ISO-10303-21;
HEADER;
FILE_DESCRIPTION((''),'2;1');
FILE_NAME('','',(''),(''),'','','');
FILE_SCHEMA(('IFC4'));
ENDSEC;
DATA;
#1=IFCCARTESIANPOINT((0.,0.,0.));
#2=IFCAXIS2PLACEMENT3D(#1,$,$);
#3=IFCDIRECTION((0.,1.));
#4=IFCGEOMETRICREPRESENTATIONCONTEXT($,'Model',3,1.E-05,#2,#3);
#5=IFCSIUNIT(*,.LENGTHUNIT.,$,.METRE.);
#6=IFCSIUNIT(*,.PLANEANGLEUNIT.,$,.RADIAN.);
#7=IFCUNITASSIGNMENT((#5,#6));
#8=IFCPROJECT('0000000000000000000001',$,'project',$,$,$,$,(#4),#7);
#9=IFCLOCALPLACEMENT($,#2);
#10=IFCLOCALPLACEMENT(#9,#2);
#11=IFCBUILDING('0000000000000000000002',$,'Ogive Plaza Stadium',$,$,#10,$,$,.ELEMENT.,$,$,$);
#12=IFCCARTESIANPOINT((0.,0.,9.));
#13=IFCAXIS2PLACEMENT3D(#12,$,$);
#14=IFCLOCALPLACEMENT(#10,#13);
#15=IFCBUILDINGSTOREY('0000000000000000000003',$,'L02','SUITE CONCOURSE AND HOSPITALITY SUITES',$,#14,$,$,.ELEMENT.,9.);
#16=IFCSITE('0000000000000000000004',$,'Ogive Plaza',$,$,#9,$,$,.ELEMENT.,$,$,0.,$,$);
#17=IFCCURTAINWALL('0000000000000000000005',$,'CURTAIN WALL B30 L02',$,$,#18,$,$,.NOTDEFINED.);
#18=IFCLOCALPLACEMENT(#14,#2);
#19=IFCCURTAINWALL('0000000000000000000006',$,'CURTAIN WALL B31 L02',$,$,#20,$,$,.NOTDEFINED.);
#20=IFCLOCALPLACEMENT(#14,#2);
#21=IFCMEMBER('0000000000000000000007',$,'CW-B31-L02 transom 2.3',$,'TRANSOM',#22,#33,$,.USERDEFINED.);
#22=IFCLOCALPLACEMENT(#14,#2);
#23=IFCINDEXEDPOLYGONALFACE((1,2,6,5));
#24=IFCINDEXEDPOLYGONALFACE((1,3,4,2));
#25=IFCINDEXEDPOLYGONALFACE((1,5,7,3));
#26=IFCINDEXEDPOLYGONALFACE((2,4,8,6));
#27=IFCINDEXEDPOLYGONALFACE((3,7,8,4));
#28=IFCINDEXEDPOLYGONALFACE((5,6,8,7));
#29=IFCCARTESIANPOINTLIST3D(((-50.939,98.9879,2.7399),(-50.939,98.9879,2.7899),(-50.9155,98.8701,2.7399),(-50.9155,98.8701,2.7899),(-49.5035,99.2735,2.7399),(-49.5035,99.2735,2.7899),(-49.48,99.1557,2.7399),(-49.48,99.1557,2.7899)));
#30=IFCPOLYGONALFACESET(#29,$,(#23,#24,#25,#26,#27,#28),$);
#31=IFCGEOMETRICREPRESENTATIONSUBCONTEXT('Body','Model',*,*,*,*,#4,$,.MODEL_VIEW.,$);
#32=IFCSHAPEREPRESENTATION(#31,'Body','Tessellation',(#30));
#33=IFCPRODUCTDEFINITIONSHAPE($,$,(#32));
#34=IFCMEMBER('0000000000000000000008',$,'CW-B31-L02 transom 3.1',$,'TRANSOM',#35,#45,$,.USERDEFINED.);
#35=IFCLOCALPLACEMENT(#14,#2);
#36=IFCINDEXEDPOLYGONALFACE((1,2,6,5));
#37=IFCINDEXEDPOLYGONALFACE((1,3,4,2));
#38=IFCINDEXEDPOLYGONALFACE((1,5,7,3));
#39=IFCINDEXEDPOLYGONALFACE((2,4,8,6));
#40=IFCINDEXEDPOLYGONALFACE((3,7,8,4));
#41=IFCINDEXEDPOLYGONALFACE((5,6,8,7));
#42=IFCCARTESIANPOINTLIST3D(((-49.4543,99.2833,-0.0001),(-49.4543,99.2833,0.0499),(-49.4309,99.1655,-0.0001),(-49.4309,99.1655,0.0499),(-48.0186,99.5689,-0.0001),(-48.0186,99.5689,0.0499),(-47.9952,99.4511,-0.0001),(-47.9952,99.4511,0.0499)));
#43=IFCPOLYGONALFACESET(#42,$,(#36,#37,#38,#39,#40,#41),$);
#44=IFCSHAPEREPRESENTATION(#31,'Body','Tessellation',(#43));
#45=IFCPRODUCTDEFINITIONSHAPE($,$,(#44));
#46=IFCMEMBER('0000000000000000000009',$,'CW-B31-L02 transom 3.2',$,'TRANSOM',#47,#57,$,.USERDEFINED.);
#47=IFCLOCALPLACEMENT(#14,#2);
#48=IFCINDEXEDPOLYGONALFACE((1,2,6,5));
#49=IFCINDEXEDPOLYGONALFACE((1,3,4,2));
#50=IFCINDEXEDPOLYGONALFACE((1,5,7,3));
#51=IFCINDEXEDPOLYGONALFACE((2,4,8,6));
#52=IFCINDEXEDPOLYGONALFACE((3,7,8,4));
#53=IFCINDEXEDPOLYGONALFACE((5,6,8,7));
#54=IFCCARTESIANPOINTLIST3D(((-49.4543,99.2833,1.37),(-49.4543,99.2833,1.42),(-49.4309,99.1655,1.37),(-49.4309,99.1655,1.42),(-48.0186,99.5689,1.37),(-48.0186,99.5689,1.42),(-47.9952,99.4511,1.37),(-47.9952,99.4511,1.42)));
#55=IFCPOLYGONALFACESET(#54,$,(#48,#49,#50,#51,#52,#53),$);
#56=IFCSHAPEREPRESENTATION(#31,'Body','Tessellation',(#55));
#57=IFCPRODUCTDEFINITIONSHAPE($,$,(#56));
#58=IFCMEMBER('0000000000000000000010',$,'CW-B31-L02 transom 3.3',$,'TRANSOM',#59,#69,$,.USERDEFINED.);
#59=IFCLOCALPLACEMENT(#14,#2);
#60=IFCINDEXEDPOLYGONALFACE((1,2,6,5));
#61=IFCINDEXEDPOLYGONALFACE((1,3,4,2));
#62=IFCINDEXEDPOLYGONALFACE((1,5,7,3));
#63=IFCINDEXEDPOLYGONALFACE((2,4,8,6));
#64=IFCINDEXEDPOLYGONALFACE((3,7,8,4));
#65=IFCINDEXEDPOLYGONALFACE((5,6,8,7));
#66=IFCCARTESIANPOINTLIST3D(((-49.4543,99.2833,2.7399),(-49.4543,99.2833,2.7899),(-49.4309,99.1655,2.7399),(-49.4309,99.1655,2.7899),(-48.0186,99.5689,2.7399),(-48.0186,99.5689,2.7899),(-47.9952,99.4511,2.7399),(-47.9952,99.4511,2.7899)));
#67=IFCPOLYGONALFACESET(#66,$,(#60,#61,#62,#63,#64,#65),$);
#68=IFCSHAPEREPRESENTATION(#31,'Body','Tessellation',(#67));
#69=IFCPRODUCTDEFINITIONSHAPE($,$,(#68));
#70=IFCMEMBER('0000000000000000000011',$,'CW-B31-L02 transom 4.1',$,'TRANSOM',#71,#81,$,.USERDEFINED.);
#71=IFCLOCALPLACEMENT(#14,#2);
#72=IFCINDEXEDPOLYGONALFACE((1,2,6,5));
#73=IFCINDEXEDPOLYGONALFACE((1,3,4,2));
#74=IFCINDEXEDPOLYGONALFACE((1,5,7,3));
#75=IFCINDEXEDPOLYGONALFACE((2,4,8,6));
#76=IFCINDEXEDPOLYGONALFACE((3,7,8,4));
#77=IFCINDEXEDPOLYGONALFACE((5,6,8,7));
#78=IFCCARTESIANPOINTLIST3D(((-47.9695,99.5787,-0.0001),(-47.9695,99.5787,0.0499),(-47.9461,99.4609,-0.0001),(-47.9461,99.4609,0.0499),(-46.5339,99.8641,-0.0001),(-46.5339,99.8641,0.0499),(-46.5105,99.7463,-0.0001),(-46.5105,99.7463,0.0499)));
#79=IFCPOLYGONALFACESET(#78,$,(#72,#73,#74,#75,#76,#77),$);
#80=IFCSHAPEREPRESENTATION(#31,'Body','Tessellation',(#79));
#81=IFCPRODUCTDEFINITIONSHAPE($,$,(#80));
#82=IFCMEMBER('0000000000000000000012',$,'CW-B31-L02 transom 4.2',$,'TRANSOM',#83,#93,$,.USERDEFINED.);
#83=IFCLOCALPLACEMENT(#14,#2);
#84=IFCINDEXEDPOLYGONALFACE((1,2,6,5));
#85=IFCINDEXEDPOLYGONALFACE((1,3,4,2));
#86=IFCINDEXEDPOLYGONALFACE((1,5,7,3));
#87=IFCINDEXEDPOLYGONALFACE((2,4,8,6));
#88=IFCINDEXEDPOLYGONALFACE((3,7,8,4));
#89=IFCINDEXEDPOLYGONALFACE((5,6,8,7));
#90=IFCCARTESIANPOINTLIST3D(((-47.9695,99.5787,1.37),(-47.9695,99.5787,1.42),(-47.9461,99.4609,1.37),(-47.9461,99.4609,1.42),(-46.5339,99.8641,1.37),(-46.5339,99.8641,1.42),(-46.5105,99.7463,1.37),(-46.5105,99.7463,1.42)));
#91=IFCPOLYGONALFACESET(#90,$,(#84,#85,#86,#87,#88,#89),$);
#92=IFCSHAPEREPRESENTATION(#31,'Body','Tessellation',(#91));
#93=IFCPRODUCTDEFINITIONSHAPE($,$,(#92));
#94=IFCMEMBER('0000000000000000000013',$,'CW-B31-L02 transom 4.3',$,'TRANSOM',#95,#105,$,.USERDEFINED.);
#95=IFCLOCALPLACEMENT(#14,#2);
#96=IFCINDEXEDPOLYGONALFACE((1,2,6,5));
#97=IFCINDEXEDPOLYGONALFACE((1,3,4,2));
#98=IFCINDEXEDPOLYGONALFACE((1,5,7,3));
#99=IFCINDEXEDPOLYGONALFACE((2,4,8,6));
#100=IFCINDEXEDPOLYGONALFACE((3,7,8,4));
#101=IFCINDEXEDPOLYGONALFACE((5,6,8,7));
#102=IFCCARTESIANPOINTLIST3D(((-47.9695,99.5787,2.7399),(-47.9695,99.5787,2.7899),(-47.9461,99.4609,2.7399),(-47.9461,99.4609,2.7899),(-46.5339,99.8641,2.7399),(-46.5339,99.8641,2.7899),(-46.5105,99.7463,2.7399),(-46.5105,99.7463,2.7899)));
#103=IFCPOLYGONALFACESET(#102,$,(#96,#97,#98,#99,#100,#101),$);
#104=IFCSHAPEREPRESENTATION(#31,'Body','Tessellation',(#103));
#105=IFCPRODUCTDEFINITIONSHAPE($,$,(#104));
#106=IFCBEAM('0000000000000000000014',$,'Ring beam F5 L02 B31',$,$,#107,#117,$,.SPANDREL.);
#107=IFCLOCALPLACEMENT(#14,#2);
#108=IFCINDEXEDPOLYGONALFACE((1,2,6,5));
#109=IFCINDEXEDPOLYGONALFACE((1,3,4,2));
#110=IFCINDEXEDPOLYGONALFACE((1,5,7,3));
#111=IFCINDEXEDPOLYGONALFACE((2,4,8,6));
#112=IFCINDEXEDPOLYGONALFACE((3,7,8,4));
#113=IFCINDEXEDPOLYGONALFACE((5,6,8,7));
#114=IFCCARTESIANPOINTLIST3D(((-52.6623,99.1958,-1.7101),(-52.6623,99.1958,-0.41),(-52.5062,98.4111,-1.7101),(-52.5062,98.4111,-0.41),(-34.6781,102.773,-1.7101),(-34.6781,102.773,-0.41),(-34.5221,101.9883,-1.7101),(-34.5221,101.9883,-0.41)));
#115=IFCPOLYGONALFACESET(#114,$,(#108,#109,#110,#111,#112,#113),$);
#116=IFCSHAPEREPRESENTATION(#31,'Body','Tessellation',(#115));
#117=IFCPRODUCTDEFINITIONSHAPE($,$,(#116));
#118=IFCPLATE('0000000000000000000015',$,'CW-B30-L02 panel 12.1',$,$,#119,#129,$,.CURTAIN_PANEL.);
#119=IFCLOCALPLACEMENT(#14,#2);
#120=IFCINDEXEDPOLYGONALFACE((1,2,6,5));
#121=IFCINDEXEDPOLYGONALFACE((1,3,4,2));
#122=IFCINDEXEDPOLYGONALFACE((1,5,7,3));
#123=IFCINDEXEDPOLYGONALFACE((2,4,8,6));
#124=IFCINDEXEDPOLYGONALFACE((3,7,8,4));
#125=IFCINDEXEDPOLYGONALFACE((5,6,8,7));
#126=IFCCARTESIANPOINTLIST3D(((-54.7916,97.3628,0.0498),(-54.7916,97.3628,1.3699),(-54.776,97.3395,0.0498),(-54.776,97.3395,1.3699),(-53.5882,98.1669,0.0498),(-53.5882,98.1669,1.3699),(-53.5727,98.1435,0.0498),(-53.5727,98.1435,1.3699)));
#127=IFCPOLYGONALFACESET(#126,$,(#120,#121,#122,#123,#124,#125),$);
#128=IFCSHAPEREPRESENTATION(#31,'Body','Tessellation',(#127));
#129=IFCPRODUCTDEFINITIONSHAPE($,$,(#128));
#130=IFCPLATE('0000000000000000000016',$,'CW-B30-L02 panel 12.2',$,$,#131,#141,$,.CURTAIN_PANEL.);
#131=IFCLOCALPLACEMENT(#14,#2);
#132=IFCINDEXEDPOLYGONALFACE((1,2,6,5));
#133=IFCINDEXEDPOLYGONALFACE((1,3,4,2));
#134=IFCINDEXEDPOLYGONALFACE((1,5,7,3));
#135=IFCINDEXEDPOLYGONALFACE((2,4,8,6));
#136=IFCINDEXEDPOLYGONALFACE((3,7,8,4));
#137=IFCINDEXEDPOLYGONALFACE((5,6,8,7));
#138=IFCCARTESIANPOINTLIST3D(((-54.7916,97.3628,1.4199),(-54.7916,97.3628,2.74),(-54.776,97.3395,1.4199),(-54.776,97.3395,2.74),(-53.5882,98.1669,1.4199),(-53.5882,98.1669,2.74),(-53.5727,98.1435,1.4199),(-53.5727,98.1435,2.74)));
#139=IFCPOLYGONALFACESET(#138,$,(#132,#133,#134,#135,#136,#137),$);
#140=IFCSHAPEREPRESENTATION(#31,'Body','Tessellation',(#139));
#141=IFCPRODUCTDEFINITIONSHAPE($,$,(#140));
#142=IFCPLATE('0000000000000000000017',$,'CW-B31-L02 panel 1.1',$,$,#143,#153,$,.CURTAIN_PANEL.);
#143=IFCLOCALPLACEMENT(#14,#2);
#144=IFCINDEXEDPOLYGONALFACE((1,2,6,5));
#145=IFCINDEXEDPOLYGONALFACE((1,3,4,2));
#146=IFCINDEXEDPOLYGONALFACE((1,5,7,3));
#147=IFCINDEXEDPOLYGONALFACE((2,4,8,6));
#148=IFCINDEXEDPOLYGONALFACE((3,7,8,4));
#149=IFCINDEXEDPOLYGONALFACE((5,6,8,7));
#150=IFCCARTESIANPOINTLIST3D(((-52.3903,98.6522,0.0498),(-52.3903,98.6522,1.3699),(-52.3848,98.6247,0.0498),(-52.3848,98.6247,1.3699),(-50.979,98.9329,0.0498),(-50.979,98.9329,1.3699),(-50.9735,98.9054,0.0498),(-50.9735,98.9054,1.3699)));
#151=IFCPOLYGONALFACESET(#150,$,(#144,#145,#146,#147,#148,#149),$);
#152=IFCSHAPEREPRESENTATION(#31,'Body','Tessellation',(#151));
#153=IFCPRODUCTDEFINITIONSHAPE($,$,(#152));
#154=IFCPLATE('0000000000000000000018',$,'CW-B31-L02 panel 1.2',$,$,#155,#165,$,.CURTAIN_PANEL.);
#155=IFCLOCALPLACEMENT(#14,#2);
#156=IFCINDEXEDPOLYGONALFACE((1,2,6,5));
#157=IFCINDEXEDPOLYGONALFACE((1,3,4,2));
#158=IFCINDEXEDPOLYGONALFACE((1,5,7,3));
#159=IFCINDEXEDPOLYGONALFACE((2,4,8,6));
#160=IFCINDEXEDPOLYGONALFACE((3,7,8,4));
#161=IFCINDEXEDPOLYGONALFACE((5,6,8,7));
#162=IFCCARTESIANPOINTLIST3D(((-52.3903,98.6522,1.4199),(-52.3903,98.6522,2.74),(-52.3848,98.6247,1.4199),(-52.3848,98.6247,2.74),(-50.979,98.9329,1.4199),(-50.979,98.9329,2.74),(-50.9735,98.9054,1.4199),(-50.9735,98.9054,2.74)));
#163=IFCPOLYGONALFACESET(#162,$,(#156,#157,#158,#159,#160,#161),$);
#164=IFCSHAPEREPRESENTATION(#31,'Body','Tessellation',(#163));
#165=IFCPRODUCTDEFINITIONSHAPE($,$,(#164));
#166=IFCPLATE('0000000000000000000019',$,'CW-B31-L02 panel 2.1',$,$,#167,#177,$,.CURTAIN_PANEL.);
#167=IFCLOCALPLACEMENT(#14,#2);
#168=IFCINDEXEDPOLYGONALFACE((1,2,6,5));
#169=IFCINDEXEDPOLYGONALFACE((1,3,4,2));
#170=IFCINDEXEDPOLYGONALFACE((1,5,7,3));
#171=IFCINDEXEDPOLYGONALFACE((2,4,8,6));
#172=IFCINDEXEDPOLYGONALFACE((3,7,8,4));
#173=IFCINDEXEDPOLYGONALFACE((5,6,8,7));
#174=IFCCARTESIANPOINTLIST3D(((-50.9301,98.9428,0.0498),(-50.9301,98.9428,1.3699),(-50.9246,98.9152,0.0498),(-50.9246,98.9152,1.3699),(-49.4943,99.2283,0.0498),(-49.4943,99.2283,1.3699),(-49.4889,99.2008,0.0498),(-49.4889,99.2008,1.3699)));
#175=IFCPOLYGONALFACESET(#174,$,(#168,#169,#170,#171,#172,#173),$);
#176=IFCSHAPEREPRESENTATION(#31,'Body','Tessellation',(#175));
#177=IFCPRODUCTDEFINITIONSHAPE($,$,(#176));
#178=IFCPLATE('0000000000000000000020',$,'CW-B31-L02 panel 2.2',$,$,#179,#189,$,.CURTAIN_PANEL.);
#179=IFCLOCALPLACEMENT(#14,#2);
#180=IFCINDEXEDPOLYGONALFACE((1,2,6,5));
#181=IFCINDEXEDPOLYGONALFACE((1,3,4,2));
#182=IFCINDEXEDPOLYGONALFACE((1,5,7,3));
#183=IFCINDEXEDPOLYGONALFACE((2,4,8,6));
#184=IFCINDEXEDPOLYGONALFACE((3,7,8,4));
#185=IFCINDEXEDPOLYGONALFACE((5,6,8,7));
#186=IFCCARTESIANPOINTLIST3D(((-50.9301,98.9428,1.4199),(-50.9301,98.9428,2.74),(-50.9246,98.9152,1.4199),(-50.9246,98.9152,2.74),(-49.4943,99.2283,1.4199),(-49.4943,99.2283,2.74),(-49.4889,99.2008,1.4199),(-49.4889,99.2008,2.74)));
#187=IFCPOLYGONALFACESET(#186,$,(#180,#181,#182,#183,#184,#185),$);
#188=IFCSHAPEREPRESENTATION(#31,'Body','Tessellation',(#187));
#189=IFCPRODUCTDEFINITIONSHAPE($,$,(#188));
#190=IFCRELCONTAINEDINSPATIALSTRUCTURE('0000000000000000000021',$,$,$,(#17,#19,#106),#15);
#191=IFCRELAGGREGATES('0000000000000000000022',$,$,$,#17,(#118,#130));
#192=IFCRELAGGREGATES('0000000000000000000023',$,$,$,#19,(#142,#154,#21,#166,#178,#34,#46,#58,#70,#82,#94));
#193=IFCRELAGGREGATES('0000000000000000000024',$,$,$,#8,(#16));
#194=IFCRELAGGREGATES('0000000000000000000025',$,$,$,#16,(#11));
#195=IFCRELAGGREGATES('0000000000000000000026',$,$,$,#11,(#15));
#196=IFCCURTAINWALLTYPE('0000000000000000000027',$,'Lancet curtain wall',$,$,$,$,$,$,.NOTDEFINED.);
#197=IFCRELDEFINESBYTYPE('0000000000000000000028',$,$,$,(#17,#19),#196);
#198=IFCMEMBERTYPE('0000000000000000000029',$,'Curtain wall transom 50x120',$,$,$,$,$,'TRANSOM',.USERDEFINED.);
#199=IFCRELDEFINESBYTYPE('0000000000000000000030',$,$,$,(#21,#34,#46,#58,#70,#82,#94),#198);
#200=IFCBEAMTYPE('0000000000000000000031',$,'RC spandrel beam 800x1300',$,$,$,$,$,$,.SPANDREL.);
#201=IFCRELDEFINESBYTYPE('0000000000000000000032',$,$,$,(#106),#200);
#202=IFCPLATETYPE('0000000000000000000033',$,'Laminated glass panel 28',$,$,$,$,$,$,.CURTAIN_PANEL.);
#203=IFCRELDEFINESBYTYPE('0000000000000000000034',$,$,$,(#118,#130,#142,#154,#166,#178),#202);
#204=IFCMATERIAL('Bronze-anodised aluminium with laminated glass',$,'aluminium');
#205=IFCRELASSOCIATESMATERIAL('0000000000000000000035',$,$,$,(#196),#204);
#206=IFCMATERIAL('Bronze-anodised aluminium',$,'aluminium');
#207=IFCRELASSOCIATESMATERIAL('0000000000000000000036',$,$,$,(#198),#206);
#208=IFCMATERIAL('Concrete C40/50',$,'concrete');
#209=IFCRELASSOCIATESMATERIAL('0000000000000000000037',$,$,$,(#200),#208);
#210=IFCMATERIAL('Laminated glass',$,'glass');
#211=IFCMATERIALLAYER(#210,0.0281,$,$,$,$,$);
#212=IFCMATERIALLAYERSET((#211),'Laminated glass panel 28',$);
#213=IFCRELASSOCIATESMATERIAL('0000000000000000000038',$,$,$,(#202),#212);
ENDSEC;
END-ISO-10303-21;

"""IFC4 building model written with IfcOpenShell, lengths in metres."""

from ifc_helpers import new_model, si_unit, direction, frame, origin, origin_2d, place, context, subcontext, project, spatial, rectangle, extrude, material, layer, layer_set, material_profile, profile_set, type_object, element, aggregate, save


model = new_model("IFC4")

# Units and contexts
model_context = context("Model", 3, precision=1e-05, world=origin(), true_north=direction((0.0, 1.0)))
body_context = subcontext(model_context, "Body", "Model", "MODEL_VIEW")
ifc_project = project(units=[si_unit("LENGTHUNIT", "METRE"), si_unit("PLANEANGLEUNIT", "RADIAN")], contexts=[model_context])

# Site, building, storey
site_placement = place(None, origin())
site = spatial("IfcSite", under=ifc_project, at=site_placement, Name="Ogive Plaza", CompositionType="ELEMENT", RefElevation=0.0)
building_placement = place(site_placement, origin())
building = spatial("IfcBuilding", under=site, at=building_placement, Name="Ogive Plaza Stadium", CompositionType="ELEMENT")
storey_placement = place(building_placement, frame((0.0, 0.0, 9.0)))
storey = spatial("IfcBuildingStorey", under=building, at=storey_placement, Name="L02", Description="SUITE CONCOURSE AND HOSPITALITY SUITES", CompositionType="ELEMENT", Elevation=9.0)

# Curtain wall
ifc_material_1 = material(Name="Bronze-anodised aluminium with laminated glass", Category="aluminium")
curtain_wall_type = type_object("IfcCurtainWallType", Name="Lancet curtain wall", PredefinedType="NOTDEFINED", material=ifc_material_1)
curtain_wall_1_placement = place(storey_placement, origin())
curtain_wall_1 = element("IfcCurtainWall", 1, at=curtain_wall_1_placement, inside=storey, type_object=curtain_wall_type, Name="CURTAIN WALL B30 L02", PredefinedType="NOTDEFINED")

# Curtain wall
curtain_wall_2_placement = place(storey_placement, origin())
curtain_wall_2 = element("IfcCurtainWall", 2, at=curtain_wall_2_placement, inside=storey, type_object=curtain_wall_type, Name="CURTAIN WALL B31 L02", PredefinedType="NOTDEFINED")

# Members
ifc_material_2 = material(Name="Bronze-anodised aluminium", Category="aluminium")
ifc_material_profile_1 = material_profile(ifc_material_2, rectangle(XDim=0.1201, YDim=0.05, at=origin_2d()), Name="AL 120x50")
ifc_profile_set_1 = profile_set([ifc_material_profile_1], Name="Bronze-anodised aluminium")
member_type_1 = type_object("IfcMemberType", Name="Curtain wall transom 50x120", ElementType="TRANSOM", PredefinedType="USERDEFINED", material=ifc_profile_set_1)
member_1_placement = place(storey_placement, frame((-50.9272, 98.929, 2.7649), z_axis=(0.980773, 0.195154, 0.0), x_axis=(-0.195154, 0.980773, 0.0)))
member_1 = element("IfcMember", 3, at=member_1_placement, type_object=member_type_1, Name="CW-B31-L02 transom 2.3", ObjectType="TRANSOM", PredefinedType="USERDEFINED", context=body_context, shape_type="SweptSolid", body=[
    extrude(rectangle(XDim=0.1201, YDim=0.05, at=origin_2d()), origin(), (0.0, 0.0, 1.0), 1.4636),
])
member_2_placement = place(storey_placement, frame((-49.4426, 99.2244, 0.0249), z_axis=(0.980779, 0.195122, 0.0), x_axis=(-0.195122, 0.980779, 0.0)))
member_2 = element("IfcMember", 4, at=member_2_placement, type_object=member_type_1, Name="CW-B31-L02 transom 3.1", ObjectType="TRANSOM", PredefinedType="USERDEFINED", context=body_context, shape_type="SweptSolid", body=[
    extrude(rectangle(XDim=0.1201, YDim=0.05, at=origin_2d()), origin(), (0.0, 0.0, 1.0), 1.4639),
])
member_3_placement = place(storey_placement, frame((-49.4426, 99.2244, 1.395), z_axis=(0.980779, 0.195122, 0.0), x_axis=(-0.195122, 0.980779, 0.0)))
member_3 = element("IfcMember", 5, at=member_3_placement, type_object=member_type_1, Name="CW-B31-L02 transom 3.2", ObjectType="TRANSOM", PredefinedType="USERDEFINED", context=body_context, shape_type="SweptSolid", body=[
    extrude(rectangle(XDim=0.1201, YDim=0.05, at=origin_2d()), origin(), (0.0, 0.0, 1.0), 1.4639),
])
member_4_placement = place(storey_placement, frame((-49.4426, 99.2244, 2.7649), z_axis=(0.980779, 0.195122, 0.0), x_axis=(-0.195122, 0.980779, 0.0)))
member_4 = element("IfcMember", 6, at=member_4_placement, type_object=member_type_1, Name="CW-B31-L02 transom 3.3", ObjectType="TRANSOM", PredefinedType="USERDEFINED", context=body_context, shape_type="SweptSolid", body=[
    extrude(rectangle(XDim=0.1201, YDim=0.05, at=origin_2d()), origin(), (0.0, 0.0, 1.0), 1.4639),
])
member_5_placement = place(storey_placement, frame((-47.9578, 99.5198, 0.0249), z_axis=(0.980805, 0.194993, 0.0), x_axis=(-0.194993, 0.980805, 0.0)))
member_5 = element("IfcMember", 7, at=member_5_placement, type_object=member_type_1, Name="CW-B31-L02 transom 4.1", ObjectType="TRANSOM", PredefinedType="USERDEFINED", context=body_context, shape_type="SweptSolid", body=[
    extrude(rectangle(XDim=0.1201, YDim=0.05, at=origin_2d()), origin(), (0.0, 0.0, 1.0), 1.4636),
])
member_6_placement = place(storey_placement, frame((-47.9578, 99.5198, 1.395), z_axis=(0.980805, 0.194993, 0.0), x_axis=(-0.194993, 0.980805, 0.0)))
member_6 = element("IfcMember", 8, at=member_6_placement, type_object=member_type_1, Name="CW-B31-L02 transom 4.2", ObjectType="TRANSOM", PredefinedType="USERDEFINED", context=body_context, shape_type="SweptSolid", body=[
    extrude(rectangle(XDim=0.1201, YDim=0.05, at=origin_2d()), origin(), (0.0, 0.0, 1.0), 1.4636),
])
member_7_placement = place(storey_placement, frame((-47.9578, 99.5198, 2.7649), z_axis=(0.980805, 0.194993, 0.0), x_axis=(-0.194993, 0.980805, 0.0)))
member_7 = element("IfcMember", 9, at=member_7_placement, type_object=member_type_1, Name="CW-B31-L02 transom 4.3", ObjectType="TRANSOM", PredefinedType="USERDEFINED", context=body_context, shape_type="SweptSolid", body=[
    extrude(rectangle(XDim=0.1201, YDim=0.05, at=origin_2d()), origin(), (0.0, 0.0, 1.0), 1.4636),
])

# Beam
ifc_material_3 = material(Name="Concrete C40/50", Category="concrete")
ifc_material_profile_2 = material_profile(ifc_material_3, rectangle(XDim=0.8, YDim=1.3, at=origin_2d()), Name="RC 800x1300")
ifc_profile_set_2 = profile_set([ifc_material_profile_2], Name="Concrete C40/50")
beam_type = type_object("IfcBeamType", Name="RC spandrel beam 800x1300", PredefinedType="SPANDREL", material=ifc_profile_set_2)
beam_placement = place(storey_placement, frame((-52.5842, 98.8035, -1.0601), z_axis=(0.980787, 0.195084, 0.0), x_axis=(-0.195084, 0.980787, 0.0)))
element("IfcBeam", 10, at=beam_placement, inside=storey, type_object=beam_type, Name="Ring beam F5 L02 B31", PredefinedType="SPANDREL", context=body_context, shape_type="SweptSolid", body=[
    extrude(rectangle(XDim=0.8, YDim=1.3, at=origin_2d()), origin(), (0.0, 0.0, 1.0), 18.3364),
])

# Plates
ifc_material_4 = material(Name="Laminated glass", Category="glass")
ifc_layer = layer(ifc_material_4, 0.0281)
ifc_layer_set = layer_set([ifc_layer], Name="Laminated glass panel 28")
plate_type = type_object("IfcPlateType", Name="Laminated glass panel 28", PredefinedType="CURTAIN_PANEL", material=ifc_layer_set)
plate_1_placement = place(storey_placement, frame((-54.1821, 97.7532, 0.0498), z_axis=(0.0, 0.0, 1.0), x_axis=(0.83147, 0.55557, 0.0)))
plate_1 = element("IfcPlate", 11, at=plate_1_placement, type_object=plate_type, Name="CW-B30-L02 panel 12.1", PredefinedType="CURTAIN_PANEL", context=body_context, shape_type="SweptSolid", body=[
    extrude(rectangle(XDim=1.4473, YDim=0.0281, at=origin_2d()), origin(), (0.0, 0.0, 1.0), 1.3201),
])
plate_2_placement = place(storey_placement, frame((-54.1821, 97.7532, 1.4199), z_axis=(0.0, 0.0, 1.0), x_axis=(0.83147, 0.55557, 0.0)))
plate_2 = element("IfcPlate", 12, at=plate_2_placement, type_object=plate_type, Name="CW-B30-L02 panel 12.2", PredefinedType="CURTAIN_PANEL", context=body_context, shape_type="SweptSolid", body=[
    extrude(rectangle(XDim=1.4473, YDim=0.0281, at=origin_2d()), origin(), (0.0, 0.0, 1.0), 1.3201),
])
aggregate(curtain_wall_1, [plate_1, plate_2])
plate_3_placement = place(storey_placement, frame((-51.6819, 98.7788, 0.0498), z_axis=(0.0, 0.0, 1.0), x_axis=(0.980785, 0.19509, 0.0)))
plate_3 = element("IfcPlate", 13, at=plate_3_placement, type_object=plate_type, Name="CW-B31-L02 panel 1.1", PredefinedType="CURTAIN_PANEL", context=body_context, shape_type="SweptSolid", body=[
    extrude(rectangle(XDim=1.439, YDim=0.0281, at=origin_2d()), origin(), (0.0, 0.0, 1.0), 1.3201),
])
plate_4_placement = place(storey_placement, frame((-51.6819, 98.7788, 1.4199), z_axis=(0.0, 0.0, 1.0), x_axis=(0.980785, 0.19509, 0.0)))
plate_4 = element("IfcPlate", 14, at=plate_4_placement, type_object=plate_type, Name="CW-B31-L02 panel 1.2", PredefinedType="CURTAIN_PANEL", context=body_context, shape_type="SweptSolid", body=[
    extrude(rectangle(XDim=1.439, YDim=0.0281, at=origin_2d()), origin(), (0.0, 0.0, 1.0), 1.3201),
])
plate_5_placement = place(storey_placement, frame((-50.2095, 99.0718, 0.0498), z_axis=(0.0, 0.0, 1.0), x_axis=(0.980785, 0.19509, 0.0)))
plate_5 = element("IfcPlate", 15, at=plate_5_placement, type_object=plate_type, Name="CW-B31-L02 panel 2.1", PredefinedType="CURTAIN_PANEL", context=body_context, shape_type="SweptSolid", body=[
    extrude(rectangle(XDim=1.4639, YDim=0.0281, at=origin_2d()), origin(), (0.0, 0.0, 1.0), 1.3201),
])
plate_6_placement = place(storey_placement, frame((-50.2095, 99.0718, 1.4199), z_axis=(0.0, 0.0, 1.0), x_axis=(0.980785, 0.19509, 0.0)))
plate_6 = element("IfcPlate", 16, at=plate_6_placement, type_object=plate_type, Name="CW-B31-L02 panel 2.2", PredefinedType="CURTAIN_PANEL", context=body_context, shape_type="SweptSolid", body=[
    extrude(rectangle(XDim=1.4639, YDim=0.0281, at=origin_2d()), origin(), (0.0, 0.0, 1.0), 1.3201),
])
aggregate(curtain_wall_2, [plate_3, plate_4, member_1, plate_5, plate_6, member_2, member_3, member_4, member_5, member_6, member_7])

save(model, "model.ifc")
